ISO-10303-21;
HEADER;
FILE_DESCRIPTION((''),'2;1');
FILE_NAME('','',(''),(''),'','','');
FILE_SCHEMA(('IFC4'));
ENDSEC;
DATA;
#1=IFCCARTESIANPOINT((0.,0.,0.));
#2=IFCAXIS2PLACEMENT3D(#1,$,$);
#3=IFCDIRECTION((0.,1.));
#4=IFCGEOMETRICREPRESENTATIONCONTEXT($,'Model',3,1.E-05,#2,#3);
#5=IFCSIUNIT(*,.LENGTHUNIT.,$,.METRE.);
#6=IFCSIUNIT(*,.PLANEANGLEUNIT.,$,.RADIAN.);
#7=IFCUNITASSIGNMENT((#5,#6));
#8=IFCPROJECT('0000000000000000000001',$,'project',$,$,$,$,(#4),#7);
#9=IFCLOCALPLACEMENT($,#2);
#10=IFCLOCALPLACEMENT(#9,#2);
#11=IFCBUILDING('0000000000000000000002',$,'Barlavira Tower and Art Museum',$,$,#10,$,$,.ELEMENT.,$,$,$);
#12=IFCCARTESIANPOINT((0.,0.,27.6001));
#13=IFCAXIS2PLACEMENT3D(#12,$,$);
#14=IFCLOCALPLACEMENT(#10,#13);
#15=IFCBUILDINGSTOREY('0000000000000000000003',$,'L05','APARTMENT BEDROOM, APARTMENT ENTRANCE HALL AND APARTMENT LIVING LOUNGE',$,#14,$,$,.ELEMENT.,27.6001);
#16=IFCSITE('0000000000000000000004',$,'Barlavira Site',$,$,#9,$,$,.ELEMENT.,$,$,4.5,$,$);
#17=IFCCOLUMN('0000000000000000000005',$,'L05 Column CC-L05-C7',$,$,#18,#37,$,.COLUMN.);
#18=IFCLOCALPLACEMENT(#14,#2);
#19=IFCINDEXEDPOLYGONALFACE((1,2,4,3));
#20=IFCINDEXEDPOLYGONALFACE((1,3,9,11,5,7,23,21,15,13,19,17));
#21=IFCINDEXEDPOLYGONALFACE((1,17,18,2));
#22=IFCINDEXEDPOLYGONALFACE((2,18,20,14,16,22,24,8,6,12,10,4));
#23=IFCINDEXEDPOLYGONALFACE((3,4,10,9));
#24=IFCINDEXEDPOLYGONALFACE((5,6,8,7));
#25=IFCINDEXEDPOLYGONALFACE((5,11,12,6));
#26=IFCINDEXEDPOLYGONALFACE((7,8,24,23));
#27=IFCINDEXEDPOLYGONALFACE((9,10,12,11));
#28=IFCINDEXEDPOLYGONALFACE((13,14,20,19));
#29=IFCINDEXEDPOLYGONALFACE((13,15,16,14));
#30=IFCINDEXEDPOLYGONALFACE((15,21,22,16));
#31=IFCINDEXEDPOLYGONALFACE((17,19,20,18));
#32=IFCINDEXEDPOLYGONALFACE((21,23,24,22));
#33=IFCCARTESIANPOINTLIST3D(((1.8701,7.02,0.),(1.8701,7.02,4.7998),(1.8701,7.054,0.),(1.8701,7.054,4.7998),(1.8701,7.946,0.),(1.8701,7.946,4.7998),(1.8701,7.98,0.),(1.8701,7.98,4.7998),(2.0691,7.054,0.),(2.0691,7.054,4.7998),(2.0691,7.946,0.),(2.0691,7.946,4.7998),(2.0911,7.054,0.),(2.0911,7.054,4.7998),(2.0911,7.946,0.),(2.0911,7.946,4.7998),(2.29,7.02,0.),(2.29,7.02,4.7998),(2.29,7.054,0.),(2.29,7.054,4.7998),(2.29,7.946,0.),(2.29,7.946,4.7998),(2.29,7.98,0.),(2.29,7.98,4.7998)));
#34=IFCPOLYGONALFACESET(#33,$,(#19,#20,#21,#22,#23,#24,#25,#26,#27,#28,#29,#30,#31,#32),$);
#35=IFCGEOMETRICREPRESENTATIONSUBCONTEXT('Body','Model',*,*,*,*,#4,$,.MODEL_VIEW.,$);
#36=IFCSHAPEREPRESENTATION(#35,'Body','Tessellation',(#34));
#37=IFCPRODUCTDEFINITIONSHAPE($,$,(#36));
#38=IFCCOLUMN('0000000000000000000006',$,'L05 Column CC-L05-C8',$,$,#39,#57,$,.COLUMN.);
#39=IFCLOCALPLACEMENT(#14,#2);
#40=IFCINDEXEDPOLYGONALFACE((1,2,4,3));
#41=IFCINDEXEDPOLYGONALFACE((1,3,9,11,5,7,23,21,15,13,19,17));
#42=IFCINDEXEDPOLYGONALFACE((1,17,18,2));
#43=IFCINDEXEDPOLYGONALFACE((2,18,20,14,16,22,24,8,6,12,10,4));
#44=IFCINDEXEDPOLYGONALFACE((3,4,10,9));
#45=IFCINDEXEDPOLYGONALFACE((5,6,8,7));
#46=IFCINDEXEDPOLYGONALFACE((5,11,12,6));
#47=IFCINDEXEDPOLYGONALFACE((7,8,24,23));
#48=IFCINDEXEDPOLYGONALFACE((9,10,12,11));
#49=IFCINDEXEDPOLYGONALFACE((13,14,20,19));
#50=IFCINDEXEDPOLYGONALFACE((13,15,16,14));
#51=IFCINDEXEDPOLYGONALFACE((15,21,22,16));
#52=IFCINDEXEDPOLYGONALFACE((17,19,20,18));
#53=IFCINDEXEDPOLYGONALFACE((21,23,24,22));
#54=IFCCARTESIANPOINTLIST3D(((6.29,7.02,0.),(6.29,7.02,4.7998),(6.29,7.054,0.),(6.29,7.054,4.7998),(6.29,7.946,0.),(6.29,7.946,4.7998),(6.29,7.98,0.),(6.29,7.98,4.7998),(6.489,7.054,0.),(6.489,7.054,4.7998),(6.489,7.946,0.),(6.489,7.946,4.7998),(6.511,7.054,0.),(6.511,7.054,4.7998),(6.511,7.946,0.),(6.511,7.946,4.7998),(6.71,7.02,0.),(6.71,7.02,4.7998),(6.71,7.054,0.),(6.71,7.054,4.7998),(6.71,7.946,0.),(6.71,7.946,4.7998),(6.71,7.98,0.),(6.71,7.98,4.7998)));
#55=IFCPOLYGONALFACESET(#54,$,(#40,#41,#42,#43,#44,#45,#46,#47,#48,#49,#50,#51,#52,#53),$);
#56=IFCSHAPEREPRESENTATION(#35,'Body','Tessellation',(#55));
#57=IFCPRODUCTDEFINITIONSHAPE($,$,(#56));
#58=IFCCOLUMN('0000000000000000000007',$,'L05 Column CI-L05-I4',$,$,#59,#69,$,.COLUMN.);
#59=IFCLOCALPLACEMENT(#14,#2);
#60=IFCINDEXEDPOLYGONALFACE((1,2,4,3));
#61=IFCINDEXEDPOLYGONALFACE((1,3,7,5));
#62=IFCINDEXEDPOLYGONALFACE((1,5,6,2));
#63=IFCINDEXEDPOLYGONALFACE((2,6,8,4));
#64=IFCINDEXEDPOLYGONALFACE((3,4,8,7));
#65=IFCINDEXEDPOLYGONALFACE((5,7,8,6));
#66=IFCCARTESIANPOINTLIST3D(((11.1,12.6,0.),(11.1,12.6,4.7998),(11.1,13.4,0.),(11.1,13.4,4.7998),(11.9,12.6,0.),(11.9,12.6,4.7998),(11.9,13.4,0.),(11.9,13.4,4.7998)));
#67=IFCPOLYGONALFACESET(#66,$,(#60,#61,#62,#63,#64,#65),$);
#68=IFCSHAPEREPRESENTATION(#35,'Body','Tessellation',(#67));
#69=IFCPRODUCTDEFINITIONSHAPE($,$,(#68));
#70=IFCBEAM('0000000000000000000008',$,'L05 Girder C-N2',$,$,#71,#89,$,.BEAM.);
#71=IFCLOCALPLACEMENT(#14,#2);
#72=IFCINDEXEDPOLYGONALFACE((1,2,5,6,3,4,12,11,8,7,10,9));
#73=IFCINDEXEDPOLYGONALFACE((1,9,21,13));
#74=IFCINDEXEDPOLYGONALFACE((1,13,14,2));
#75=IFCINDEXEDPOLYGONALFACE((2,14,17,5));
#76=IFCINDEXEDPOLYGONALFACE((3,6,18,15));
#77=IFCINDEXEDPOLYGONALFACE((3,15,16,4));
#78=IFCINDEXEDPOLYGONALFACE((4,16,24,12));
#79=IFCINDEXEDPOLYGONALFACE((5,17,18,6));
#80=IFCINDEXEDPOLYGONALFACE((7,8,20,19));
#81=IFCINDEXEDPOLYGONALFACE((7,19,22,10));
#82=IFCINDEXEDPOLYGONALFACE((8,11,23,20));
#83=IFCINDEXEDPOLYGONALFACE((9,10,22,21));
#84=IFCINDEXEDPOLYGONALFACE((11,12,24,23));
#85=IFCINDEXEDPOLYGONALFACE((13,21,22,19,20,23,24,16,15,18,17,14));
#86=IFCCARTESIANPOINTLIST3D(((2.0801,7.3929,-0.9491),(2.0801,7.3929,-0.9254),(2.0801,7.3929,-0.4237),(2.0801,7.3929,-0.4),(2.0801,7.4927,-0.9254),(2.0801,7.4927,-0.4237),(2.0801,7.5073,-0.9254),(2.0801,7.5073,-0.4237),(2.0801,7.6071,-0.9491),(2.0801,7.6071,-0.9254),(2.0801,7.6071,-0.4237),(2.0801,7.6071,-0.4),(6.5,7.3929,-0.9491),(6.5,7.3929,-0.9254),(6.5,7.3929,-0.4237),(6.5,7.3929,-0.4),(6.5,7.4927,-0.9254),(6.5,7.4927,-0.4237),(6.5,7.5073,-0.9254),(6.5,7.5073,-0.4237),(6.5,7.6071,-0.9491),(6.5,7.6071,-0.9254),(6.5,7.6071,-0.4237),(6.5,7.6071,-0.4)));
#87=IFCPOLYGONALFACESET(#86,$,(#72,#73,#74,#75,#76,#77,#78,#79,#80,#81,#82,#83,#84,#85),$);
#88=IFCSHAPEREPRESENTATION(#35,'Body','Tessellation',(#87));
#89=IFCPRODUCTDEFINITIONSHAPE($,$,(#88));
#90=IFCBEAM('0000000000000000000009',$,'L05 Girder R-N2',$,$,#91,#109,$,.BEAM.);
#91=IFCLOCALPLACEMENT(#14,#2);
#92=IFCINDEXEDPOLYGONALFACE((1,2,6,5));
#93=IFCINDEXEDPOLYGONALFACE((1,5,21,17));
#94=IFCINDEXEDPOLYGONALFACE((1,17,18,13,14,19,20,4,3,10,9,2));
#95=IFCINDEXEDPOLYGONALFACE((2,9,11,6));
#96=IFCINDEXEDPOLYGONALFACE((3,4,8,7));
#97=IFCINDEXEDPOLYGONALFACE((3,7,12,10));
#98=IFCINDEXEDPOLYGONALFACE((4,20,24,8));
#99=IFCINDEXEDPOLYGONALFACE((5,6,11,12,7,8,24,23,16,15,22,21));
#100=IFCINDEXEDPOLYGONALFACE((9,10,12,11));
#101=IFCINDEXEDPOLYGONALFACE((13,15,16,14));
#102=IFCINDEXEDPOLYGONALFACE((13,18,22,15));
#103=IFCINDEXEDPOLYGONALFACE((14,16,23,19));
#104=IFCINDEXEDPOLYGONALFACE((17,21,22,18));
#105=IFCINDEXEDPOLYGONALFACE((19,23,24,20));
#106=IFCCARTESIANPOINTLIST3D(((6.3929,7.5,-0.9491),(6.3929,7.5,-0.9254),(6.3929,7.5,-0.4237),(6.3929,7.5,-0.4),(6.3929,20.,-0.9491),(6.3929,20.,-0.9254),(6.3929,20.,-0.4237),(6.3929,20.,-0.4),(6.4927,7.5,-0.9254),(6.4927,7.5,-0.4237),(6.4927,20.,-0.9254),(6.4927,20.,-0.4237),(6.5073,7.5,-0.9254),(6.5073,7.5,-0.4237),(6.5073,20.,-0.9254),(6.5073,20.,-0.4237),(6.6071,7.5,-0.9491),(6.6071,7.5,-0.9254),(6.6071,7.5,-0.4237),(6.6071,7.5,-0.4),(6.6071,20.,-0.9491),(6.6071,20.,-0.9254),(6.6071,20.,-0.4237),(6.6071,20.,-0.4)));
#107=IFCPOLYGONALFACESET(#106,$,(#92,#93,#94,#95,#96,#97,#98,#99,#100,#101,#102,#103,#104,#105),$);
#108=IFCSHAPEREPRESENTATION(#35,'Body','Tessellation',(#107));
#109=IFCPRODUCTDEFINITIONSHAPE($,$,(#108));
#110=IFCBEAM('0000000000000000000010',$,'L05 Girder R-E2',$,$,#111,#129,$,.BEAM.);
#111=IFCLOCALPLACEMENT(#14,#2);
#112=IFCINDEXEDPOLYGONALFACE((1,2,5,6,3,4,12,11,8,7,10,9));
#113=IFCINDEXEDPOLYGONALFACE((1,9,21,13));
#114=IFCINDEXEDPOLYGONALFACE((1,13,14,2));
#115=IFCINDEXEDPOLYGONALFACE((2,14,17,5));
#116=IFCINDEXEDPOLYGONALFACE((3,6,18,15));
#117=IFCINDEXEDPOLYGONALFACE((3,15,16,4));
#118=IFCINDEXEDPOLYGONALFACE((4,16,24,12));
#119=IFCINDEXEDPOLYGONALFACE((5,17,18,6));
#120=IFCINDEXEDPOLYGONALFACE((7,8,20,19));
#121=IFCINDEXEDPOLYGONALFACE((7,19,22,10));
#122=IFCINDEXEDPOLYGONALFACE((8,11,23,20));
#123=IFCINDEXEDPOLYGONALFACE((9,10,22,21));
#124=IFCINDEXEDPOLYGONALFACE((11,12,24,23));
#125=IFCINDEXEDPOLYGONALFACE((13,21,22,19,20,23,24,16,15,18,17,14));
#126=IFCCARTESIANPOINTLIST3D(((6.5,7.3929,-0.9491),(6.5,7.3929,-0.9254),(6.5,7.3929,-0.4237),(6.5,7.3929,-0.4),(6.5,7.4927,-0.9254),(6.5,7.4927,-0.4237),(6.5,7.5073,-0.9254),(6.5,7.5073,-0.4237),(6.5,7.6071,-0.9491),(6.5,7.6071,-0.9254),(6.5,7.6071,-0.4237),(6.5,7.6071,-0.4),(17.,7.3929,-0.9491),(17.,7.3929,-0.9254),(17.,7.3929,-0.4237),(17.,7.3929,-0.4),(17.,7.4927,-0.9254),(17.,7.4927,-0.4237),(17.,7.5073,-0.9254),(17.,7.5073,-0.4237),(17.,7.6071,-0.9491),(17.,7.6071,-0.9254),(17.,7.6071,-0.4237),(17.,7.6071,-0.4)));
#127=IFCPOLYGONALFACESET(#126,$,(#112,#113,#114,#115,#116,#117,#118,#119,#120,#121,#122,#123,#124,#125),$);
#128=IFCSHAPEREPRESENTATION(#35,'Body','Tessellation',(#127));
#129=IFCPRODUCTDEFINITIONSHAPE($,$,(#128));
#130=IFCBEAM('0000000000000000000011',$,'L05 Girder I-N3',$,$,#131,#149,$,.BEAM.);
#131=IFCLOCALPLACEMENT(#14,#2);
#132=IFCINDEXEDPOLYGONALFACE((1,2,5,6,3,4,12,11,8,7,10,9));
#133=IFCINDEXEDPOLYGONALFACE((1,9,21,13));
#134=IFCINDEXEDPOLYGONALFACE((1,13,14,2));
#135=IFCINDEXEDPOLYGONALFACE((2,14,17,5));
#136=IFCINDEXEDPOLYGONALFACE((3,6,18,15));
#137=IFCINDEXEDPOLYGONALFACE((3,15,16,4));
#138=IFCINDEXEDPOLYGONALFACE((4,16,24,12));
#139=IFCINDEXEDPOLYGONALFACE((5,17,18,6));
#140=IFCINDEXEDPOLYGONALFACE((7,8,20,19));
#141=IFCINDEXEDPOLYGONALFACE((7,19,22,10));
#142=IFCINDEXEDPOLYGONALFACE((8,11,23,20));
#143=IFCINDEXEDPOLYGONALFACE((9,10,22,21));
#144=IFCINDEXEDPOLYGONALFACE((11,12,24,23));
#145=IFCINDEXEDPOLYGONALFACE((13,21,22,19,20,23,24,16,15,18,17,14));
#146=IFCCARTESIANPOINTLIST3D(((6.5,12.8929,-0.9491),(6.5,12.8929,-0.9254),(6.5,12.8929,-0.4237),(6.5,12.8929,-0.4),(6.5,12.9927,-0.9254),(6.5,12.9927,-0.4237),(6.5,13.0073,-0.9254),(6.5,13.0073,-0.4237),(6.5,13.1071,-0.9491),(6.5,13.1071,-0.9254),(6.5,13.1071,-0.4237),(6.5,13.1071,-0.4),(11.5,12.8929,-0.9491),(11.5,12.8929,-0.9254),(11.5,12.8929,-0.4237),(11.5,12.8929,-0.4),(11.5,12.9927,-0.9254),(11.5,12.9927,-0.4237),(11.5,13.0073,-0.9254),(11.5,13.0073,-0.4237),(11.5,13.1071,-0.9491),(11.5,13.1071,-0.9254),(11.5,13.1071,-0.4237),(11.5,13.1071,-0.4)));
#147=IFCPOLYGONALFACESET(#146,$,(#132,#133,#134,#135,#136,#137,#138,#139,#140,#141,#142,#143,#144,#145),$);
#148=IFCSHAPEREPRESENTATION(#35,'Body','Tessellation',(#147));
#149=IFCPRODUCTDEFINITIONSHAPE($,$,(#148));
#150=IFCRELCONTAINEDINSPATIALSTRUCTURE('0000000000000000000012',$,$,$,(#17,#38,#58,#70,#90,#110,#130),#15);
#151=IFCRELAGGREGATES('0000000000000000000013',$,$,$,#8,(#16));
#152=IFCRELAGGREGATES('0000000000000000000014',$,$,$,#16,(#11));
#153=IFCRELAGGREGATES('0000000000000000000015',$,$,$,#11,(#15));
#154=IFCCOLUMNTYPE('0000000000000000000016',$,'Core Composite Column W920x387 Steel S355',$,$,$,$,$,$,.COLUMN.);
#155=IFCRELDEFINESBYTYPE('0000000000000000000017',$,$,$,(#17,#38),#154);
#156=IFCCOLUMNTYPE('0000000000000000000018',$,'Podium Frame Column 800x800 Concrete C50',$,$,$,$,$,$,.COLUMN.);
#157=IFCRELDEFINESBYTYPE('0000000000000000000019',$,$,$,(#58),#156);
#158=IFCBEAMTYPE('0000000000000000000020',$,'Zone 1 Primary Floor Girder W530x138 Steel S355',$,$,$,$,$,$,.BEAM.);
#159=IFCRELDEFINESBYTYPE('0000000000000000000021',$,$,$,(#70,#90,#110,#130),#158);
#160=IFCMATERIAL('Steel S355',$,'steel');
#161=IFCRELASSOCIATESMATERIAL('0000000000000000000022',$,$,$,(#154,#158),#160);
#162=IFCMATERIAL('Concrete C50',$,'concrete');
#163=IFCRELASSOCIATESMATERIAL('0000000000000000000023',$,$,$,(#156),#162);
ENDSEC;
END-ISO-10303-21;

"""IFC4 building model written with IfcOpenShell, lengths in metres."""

from ifc_helpers import new_model, si_unit, direction, frame, origin, origin_2d, place, context, subcontext, project, spatial, rectangle, i_section, extrude, material, material_profile, profile_set, type_object, element, save


model = new_model("IFC4")

# Units and contexts
model_context = context("Model", 3, precision=1e-05, world=origin(), true_north=direction((0.0, 1.0)))
body_context = subcontext(model_context, "Body", "Model", "MODEL_VIEW")
ifc_project = project(units=[si_unit("LENGTHUNIT", "METRE"), si_unit("PLANEANGLEUNIT", "RADIAN")], contexts=[model_context])

# Site, building, storey
site_placement = place(None, origin())
site = spatial("IfcSite", under=ifc_project, at=site_placement, Name="Barlavira Site", CompositionType="ELEMENT", RefElevation=4.5)
building_placement = place(site_placement, origin())
building = spatial("IfcBuilding", under=site, at=building_placement, Name="Barlavira Tower and Art Museum", CompositionType="ELEMENT")
storey_placement = place(building_placement, frame((0.0, 0.0, 27.6001)))
storey = spatial("IfcBuildingStorey", under=building, at=storey_placement, Name="L05", Description="APARTMENT BEDROOM, APARTMENT ENTRANCE HALL AND APARTMENT LIVING LOUNGE", CompositionType="ELEMENT", Elevation=27.6001)

# Columns
ifc_material_1 = material(Name="Steel S355", Category="steel")
ifc_material_profile_1 = material_profile(ifc_material_1, i_section(OverallWidth=0.4199, OverallDepth=0.96, WebThickness=0.022, FlangeThickness=0.0339, at=origin_2d()), Name="W920x387.0")
ifc_profile_set_1 = profile_set([ifc_material_profile_1], Name="Steel S355")
column_type_1 = type_object("IfcColumnType", Name="Core Composite Column W920x387 Steel S355", PredefinedType="COLUMN", material=ifc_profile_set_1)
for number, where, z_axis, x_axis, name in (
    (1, (2.0801, 7.5, 0.0), (0.0, 0.0, 1.0), (1.0, 0.0, 0.0), "L05 Column CC-L05-C7"),
    (2, (6.5, 7.5, 0.0), (0.0, 0.0, 1.0), (1.0, 0.0, 0.0), "L05 Column CC-L05-C8"),
):
    element("IfcColumn", number, at=place(storey_placement, frame(where, z_axis=z_axis, x_axis=x_axis)), inside=storey, type_object=column_type_1, Name=name, PredefinedType="COLUMN", context=body_context, shape_type="SweptSolid", body=[
        extrude(i_section(OverallWidth=0.4199, OverallDepth=0.96, WebThickness=0.022, FlangeThickness=0.0339, at=origin_2d()), origin(), (0.0, 0.0, 1.0), 4.7998),
    ])
ifc_material_2 = material(Name="Concrete C50", Category="concrete")
ifc_material_profile_2 = material_profile(ifc_material_2, rectangle(XDim=0.8, YDim=0.8, at=origin_2d()), Name="RC-COL 800x800")
ifc_profile_set_2 = profile_set([ifc_material_profile_2], Name="Concrete C50")
column_type_2 = type_object("IfcColumnType", Name="Podium Frame Column 800x800 Concrete C50", PredefinedType="COLUMN", material=ifc_profile_set_2)
column_placement = place(storey_placement, frame((11.5, 13.0, 0.0), z_axis=(0.0, 0.0, 1.0), x_axis=(1.0, 0.0, 0.0)))
element("IfcColumn", 3, at=column_placement, inside=storey, type_object=column_type_2, Name="L05 Column CI-L05-I4", PredefinedType="COLUMN", context=body_context, shape_type="SweptSolid", body=[
    extrude(rectangle(XDim=0.8, YDim=0.8, at=origin_2d()), origin(), (0.0, 0.0, 1.0), 4.7998),
])

# Beams
ifc_material_profile_3 = material_profile(ifc_material_1, i_section(OverallWidth=0.2141, OverallDepth=0.5491, WebThickness=0.0146, FlangeThickness=0.0237, at=origin_2d()), Name="W530x138.0")
ifc_profile_set_3 = profile_set([ifc_material_profile_3], Name="Steel S355")
beam_type = type_object("IfcBeamType", Name="Zone 1 Primary Floor Girder W530x138 Steel S355", PredefinedType="BEAM", material=ifc_profile_set_3)
beam_1_placement = place(storey_placement, frame((2.0801, 7.5, -0.6746), z_axis=(1.0, 0.0, 0.0), x_axis=(0.0, 1.0, 0.0)))
element("IfcBeam", 4, at=beam_1_placement, inside=storey, type_object=beam_type, Name="L05 Girder C-N2", PredefinedType="BEAM", context=body_context, shape_type="SweptSolid", body=[
    extrude(i_section(OverallWidth=0.2141, OverallDepth=0.5491, WebThickness=0.0146, FlangeThickness=0.0237, at=origin_2d()), origin(), (0.0, 0.0, 1.0), 4.4199),
])
beam_2_placement = place(storey_placement, frame((6.5, 7.5, -0.6746), z_axis=(0.0, 1.0, 0.0), x_axis=(-1.0, 0.0, 0.0)))
element("IfcBeam", 5, at=beam_2_placement, inside=storey, type_object=beam_type, Name="L05 Girder R-N2", PredefinedType="BEAM", context=body_context, shape_type="SweptSolid", body=[
    extrude(i_section(OverallWidth=0.2141, OverallDepth=0.5491, WebThickness=0.0146, FlangeThickness=0.0237, at=origin_2d()), origin(), (0.0, 0.0, 1.0), 12.5),
])
beam_3_placement = place(storey_placement, frame((6.5, 7.5, -0.6746), z_axis=(1.0, 0.0, 0.0), x_axis=(0.0, 1.0, 0.0)))
element("IfcBeam", 6, at=beam_3_placement, inside=storey, type_object=beam_type, Name="L05 Girder R-E2", PredefinedType="BEAM", context=body_context, shape_type="SweptSolid", body=[
    extrude(i_section(OverallWidth=0.2141, OverallDepth=0.5491, WebThickness=0.0146, FlangeThickness=0.0237, at=origin_2d()), origin(), (0.0, 0.0, 1.0), 10.5),
])
beam_4_placement = place(storey_placement, frame((6.5, 13.0, -0.6746), z_axis=(1.0, 0.0, 0.0), x_axis=(0.0, 1.0, 0.0)))
element("IfcBeam", 7, at=beam_4_placement, inside=storey, type_object=beam_type, Name="L05 Girder I-N3", PredefinedType="BEAM", context=body_context, shape_type="SweptSolid", body=[
    extrude(i_section(OverallWidth=0.2141, OverallDepth=0.5491, WebThickness=0.0146, FlangeThickness=0.0237, at=origin_2d()), origin(), (0.0, 0.0, 1.0), 5.0),
])

save(model, "model.ifc")
